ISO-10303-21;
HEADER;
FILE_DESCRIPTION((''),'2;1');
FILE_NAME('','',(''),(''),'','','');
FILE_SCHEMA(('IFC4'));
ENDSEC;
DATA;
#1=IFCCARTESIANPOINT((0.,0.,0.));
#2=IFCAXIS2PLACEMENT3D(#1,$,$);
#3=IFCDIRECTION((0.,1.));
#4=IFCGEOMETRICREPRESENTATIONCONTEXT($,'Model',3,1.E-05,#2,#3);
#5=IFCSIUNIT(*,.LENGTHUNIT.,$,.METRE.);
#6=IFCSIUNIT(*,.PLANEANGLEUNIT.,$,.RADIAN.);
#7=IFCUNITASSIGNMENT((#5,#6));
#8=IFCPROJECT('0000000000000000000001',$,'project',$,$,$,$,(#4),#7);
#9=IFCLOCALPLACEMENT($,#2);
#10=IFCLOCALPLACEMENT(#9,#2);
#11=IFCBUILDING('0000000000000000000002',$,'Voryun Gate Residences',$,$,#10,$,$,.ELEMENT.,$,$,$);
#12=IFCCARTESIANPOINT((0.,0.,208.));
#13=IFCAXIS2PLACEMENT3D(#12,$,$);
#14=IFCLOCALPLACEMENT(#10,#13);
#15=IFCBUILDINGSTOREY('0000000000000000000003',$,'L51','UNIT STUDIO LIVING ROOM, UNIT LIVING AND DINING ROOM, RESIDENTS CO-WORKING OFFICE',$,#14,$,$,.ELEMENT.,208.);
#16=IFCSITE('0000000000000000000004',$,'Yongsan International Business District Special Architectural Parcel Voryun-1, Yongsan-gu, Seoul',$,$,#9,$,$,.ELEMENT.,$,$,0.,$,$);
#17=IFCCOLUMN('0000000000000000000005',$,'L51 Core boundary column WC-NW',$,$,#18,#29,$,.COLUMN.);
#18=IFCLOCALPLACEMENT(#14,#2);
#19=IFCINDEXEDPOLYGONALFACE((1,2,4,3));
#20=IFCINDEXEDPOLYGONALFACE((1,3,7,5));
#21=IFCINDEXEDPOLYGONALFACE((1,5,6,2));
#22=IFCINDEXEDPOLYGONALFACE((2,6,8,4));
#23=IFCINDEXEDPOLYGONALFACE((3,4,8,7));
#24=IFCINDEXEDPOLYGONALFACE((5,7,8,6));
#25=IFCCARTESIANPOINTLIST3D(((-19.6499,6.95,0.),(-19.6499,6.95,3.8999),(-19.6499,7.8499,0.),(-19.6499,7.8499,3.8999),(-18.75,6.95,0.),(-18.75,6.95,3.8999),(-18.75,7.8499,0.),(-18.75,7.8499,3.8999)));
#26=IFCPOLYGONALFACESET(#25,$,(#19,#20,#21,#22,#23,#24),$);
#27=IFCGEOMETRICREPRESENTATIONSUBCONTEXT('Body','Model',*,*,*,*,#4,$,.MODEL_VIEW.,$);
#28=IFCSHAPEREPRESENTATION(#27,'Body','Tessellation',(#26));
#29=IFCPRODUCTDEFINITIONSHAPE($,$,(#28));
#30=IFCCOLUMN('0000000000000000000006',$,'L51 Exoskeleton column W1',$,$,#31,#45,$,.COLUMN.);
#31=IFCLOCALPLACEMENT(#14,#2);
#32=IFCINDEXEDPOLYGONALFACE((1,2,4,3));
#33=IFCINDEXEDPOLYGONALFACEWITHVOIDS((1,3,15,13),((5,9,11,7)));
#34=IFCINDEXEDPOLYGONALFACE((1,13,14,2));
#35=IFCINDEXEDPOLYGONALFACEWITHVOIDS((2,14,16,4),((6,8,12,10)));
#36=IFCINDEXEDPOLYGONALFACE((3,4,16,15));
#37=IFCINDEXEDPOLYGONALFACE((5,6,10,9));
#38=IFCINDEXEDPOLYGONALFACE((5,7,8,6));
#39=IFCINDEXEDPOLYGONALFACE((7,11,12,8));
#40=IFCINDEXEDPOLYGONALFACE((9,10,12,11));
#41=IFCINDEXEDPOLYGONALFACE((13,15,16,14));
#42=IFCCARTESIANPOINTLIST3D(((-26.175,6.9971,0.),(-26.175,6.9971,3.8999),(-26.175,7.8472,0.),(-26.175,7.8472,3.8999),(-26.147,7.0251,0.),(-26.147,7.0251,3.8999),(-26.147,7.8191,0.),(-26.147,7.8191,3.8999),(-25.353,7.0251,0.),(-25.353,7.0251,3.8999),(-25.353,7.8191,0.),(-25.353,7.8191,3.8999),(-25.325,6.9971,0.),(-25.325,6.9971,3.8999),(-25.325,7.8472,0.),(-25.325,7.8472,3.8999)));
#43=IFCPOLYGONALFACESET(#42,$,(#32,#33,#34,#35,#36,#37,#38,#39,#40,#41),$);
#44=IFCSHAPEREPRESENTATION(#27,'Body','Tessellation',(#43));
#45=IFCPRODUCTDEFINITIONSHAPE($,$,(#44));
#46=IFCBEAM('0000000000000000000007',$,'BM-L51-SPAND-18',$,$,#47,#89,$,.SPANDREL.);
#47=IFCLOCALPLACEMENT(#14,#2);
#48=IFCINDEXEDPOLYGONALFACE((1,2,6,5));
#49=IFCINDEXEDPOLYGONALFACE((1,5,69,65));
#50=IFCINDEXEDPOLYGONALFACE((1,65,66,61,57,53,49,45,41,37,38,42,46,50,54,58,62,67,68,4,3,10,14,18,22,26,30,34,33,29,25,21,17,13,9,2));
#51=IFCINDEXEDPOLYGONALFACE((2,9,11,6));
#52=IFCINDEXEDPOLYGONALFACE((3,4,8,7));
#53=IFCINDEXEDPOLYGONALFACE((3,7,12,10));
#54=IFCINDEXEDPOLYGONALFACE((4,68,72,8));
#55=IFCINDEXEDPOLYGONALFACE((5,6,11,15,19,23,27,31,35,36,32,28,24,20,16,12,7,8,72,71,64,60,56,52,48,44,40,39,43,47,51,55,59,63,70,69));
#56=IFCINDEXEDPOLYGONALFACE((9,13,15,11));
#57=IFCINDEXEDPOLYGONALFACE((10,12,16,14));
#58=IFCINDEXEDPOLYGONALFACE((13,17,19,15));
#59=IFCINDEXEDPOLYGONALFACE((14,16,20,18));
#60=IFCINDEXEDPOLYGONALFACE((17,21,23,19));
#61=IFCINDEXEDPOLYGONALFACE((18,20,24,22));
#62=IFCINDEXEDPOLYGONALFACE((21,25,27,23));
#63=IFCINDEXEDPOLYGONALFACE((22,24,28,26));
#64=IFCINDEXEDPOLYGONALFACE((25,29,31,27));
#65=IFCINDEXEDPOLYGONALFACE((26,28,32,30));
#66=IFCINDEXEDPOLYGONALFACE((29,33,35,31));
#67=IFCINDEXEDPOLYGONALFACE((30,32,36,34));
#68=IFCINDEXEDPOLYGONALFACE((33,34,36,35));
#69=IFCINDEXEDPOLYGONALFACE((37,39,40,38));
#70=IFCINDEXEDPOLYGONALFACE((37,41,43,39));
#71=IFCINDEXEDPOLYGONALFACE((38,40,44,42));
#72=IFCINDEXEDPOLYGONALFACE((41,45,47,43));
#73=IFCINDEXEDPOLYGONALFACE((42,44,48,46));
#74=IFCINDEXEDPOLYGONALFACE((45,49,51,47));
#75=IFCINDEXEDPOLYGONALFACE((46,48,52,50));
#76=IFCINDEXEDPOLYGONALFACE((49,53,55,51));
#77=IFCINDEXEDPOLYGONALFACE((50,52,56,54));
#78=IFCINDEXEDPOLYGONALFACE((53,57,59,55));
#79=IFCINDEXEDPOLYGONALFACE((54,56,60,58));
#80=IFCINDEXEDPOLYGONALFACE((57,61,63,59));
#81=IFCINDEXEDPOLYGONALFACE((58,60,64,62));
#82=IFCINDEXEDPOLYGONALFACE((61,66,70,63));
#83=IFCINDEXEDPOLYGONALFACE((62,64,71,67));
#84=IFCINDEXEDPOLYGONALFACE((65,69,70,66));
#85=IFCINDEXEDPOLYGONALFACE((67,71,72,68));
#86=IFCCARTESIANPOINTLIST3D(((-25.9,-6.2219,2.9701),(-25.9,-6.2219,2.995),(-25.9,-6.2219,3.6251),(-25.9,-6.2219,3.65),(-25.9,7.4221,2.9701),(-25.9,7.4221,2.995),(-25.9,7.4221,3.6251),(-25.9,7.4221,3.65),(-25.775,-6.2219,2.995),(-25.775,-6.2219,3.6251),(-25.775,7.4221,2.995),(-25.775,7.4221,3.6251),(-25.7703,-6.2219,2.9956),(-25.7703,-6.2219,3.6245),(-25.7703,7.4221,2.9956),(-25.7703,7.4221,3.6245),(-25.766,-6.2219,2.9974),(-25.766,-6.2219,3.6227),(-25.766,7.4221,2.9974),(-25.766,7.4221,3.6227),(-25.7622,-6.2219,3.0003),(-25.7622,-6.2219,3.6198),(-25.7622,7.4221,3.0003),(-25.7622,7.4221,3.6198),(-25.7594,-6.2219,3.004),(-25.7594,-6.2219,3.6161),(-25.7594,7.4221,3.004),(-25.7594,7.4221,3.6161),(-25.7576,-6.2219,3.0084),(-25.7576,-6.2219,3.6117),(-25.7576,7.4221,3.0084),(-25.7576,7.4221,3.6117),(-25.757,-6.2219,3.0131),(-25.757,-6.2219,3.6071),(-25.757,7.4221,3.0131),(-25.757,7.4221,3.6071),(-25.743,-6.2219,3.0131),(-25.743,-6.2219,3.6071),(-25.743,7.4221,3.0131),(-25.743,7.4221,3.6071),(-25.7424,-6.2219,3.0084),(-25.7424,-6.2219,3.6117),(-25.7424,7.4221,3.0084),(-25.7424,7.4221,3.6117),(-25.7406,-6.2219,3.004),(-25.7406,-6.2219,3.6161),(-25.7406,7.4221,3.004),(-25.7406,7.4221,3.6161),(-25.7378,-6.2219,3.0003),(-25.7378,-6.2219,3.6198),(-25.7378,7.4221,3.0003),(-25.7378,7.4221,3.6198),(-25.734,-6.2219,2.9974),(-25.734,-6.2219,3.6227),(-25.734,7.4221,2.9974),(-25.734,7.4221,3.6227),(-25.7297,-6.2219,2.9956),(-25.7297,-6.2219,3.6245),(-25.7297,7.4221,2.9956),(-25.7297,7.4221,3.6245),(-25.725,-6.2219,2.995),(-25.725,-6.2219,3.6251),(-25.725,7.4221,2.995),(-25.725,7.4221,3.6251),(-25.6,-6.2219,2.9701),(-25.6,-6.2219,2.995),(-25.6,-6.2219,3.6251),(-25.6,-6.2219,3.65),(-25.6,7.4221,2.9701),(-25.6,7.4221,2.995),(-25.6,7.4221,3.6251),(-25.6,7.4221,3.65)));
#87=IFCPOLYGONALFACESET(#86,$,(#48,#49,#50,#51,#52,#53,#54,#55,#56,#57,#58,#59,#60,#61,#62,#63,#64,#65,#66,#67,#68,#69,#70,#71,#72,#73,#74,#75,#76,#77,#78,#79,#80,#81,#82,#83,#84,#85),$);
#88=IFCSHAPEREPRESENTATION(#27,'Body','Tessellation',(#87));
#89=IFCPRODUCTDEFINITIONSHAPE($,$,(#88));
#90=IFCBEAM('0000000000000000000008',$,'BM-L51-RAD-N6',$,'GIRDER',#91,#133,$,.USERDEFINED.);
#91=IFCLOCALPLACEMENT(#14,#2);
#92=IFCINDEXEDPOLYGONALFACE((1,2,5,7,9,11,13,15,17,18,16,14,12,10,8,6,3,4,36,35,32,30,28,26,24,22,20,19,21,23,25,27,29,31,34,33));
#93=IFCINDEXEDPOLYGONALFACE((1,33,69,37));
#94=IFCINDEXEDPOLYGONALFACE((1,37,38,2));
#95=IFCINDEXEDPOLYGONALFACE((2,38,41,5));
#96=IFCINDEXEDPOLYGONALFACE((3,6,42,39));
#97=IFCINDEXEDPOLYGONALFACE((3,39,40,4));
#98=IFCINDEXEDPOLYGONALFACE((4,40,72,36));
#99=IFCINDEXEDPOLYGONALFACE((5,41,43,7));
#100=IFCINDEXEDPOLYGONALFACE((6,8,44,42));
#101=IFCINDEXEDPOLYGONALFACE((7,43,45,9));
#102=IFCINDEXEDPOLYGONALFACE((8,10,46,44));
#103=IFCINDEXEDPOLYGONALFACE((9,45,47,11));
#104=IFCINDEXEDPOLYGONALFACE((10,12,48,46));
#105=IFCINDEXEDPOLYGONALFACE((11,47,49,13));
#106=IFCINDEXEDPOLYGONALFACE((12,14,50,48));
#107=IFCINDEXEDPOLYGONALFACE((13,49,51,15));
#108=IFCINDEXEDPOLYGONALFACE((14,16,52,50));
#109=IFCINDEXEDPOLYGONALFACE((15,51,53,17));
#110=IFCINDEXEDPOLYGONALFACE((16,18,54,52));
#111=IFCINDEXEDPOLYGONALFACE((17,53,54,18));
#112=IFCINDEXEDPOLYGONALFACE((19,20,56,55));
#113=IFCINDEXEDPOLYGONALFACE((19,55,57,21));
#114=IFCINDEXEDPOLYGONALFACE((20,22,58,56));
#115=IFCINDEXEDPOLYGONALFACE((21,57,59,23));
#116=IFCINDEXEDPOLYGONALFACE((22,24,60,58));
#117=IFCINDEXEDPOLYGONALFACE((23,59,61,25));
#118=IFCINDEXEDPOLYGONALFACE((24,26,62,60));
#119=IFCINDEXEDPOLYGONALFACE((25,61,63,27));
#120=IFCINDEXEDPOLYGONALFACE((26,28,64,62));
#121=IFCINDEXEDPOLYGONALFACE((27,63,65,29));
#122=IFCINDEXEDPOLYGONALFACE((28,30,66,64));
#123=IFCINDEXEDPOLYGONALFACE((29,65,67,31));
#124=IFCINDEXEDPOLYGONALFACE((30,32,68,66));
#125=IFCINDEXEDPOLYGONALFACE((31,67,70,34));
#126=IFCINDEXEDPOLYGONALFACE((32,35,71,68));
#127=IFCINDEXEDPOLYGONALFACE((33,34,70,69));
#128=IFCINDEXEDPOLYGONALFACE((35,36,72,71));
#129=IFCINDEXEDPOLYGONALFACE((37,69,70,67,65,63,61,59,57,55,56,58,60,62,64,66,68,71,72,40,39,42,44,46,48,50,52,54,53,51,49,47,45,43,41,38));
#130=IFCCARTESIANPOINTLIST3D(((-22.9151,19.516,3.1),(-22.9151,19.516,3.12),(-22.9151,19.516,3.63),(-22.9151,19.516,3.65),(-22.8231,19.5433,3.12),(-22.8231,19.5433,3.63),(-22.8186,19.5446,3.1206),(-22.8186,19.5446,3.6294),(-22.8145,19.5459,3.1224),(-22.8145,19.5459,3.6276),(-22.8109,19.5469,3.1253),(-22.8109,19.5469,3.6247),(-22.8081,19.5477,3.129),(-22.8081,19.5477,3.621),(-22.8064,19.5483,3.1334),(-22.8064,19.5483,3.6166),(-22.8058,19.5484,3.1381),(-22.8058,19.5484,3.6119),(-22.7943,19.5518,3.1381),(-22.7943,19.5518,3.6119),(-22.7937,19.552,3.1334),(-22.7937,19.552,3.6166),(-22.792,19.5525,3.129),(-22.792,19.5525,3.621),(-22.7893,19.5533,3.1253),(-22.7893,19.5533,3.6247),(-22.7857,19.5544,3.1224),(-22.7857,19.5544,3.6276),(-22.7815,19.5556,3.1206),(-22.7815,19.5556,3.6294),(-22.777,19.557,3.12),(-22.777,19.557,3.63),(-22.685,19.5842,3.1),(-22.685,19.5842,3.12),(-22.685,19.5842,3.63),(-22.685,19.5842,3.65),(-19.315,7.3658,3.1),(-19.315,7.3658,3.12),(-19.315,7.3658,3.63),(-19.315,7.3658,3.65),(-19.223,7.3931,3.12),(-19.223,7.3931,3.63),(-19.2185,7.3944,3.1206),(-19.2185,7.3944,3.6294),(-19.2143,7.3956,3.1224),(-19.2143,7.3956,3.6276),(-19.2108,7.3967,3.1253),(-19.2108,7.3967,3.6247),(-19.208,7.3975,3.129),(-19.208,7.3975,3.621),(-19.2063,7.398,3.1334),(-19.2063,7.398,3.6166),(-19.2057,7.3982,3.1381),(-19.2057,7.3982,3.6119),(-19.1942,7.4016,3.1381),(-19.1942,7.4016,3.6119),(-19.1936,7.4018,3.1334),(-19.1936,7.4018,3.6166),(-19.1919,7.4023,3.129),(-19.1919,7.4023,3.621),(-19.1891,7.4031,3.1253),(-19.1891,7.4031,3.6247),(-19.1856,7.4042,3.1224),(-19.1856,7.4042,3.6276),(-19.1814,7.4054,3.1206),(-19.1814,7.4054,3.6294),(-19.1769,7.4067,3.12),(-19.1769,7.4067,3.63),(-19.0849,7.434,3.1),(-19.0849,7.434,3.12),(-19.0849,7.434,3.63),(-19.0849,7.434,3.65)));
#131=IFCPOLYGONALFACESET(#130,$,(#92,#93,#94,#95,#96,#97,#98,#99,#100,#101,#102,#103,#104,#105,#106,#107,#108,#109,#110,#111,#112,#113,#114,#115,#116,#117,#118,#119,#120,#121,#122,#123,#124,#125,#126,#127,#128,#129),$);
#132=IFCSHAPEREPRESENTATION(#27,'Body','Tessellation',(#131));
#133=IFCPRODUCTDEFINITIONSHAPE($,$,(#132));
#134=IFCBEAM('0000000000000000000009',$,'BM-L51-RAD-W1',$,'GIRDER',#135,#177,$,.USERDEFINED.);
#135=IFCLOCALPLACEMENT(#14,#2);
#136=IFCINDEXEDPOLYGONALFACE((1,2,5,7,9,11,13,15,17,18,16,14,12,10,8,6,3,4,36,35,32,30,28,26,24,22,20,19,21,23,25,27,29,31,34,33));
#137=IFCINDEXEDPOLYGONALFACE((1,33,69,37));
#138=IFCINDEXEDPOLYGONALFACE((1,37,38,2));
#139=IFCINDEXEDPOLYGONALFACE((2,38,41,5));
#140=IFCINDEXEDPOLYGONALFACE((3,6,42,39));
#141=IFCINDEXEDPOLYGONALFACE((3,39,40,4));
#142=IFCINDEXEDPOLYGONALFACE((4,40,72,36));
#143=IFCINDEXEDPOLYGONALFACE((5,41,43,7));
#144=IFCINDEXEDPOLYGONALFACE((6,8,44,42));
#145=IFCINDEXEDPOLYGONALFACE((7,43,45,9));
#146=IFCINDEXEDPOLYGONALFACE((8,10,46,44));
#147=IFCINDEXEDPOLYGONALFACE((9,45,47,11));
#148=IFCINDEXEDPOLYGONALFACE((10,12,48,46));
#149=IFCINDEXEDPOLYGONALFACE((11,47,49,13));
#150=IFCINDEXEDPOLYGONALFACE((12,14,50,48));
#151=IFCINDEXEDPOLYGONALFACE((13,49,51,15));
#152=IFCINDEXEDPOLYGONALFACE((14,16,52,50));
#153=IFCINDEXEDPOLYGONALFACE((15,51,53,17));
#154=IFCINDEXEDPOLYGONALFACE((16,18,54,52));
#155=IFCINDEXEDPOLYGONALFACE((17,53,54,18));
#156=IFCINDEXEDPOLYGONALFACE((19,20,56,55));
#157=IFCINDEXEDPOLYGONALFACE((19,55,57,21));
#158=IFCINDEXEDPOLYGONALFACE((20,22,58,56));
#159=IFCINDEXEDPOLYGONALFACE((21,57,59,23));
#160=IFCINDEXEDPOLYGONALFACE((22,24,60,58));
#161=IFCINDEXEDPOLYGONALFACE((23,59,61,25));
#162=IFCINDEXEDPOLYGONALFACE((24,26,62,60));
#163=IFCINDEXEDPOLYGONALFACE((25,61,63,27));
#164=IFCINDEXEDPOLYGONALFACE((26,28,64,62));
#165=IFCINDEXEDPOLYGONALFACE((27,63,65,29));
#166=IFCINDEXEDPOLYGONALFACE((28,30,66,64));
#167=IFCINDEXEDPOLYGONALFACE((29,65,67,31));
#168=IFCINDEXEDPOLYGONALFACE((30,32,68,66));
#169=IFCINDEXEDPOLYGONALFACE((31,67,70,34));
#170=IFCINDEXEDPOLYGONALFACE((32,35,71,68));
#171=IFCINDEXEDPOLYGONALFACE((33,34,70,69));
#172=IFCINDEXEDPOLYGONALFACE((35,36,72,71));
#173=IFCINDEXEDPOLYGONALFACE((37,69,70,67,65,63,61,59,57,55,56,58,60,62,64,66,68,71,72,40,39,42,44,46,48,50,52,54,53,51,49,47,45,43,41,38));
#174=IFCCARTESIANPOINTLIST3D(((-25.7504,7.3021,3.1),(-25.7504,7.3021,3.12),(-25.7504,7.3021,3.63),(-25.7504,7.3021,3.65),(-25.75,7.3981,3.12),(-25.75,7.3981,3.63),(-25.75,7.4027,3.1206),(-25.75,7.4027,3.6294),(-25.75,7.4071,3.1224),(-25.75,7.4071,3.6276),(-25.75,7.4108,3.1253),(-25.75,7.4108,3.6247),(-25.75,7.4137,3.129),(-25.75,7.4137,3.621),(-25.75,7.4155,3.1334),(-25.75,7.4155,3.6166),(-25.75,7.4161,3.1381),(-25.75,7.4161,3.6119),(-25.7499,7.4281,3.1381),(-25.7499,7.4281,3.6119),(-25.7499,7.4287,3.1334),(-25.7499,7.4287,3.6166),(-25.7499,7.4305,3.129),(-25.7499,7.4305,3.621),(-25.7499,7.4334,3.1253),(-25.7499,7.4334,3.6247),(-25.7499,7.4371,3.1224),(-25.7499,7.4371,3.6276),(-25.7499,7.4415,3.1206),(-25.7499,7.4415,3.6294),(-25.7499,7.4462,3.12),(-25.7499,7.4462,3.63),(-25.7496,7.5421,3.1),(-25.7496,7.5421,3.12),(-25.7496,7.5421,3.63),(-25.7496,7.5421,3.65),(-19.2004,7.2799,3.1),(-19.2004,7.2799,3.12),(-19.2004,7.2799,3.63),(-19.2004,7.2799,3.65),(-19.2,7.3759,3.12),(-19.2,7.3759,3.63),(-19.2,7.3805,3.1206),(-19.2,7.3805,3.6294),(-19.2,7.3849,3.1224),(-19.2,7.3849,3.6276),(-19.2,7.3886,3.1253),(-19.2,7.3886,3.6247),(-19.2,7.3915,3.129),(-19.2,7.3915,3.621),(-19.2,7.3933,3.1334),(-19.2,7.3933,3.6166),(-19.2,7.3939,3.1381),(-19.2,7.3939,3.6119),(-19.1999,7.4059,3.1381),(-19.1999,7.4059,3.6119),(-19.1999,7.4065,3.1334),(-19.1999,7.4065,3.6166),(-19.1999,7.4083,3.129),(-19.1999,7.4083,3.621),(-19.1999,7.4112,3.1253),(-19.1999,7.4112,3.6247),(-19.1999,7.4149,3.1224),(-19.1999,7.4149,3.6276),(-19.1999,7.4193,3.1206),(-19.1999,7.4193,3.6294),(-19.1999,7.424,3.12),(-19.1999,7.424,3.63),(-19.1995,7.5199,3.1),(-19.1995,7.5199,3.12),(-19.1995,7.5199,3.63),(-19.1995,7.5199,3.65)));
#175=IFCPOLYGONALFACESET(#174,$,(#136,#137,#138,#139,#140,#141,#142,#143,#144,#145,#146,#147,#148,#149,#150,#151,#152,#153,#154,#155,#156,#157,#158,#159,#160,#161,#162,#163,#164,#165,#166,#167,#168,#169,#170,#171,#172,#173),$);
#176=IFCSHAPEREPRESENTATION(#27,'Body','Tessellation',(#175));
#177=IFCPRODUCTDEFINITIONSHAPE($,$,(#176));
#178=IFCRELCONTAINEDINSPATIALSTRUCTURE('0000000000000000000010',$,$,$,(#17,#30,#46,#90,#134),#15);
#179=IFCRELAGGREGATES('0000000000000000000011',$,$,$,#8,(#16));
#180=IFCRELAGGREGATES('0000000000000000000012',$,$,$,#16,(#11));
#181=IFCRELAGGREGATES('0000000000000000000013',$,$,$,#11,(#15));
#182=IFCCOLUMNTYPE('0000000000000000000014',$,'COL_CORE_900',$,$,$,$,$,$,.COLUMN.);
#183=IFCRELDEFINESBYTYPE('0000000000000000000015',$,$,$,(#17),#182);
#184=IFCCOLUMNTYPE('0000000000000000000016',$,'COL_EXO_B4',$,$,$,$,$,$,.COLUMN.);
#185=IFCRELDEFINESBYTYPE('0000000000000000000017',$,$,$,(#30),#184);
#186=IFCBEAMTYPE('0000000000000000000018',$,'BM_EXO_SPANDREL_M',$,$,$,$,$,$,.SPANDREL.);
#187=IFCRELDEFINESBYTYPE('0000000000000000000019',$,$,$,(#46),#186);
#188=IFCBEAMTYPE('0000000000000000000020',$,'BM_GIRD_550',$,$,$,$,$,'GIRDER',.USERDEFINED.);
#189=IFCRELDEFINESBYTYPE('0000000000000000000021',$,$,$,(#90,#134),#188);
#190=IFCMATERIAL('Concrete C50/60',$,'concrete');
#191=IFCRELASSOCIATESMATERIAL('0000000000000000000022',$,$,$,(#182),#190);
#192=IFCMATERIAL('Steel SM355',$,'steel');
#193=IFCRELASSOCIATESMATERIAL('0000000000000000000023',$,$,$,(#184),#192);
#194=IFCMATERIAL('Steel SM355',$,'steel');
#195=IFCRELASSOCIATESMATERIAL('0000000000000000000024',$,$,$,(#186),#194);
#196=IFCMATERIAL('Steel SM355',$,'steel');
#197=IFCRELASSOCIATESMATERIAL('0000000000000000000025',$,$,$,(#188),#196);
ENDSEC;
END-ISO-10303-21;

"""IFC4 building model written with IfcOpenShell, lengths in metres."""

from ifc_helpers import new_model, si_unit, direction, frame, origin, origin_2d, place, context, subcontext, project, spatial, rectangle, hollow_rectangle, i_section, extrude, material, material_profile, profile_set, type_object, element, save


model = new_model("IFC4")

# Units and contexts
model_context = context("Model", 3, precision=1e-05, world=origin(), true_north=direction((0.0, 1.0)))
body_context = subcontext(model_context, "Body", "Model", "MODEL_VIEW")
ifc_project = project(units=[si_unit("LENGTHUNIT", "METRE"), si_unit("PLANEANGLEUNIT", "RADIAN")], contexts=[model_context])

# Site, building, storey
site_placement = place(None, origin())
site = spatial("IfcSite", under=ifc_project, at=site_placement, Name="Yongsan International Business District Special Architectural Parcel Voryun-1, Yongsan-gu, Seoul", CompositionType="ELEMENT", RefElevation=0.0)
building_placement = place(site_placement, origin())
building = spatial("IfcBuilding", under=site, at=building_placement, Name="Voryun Gate Residences", CompositionType="ELEMENT")
storey_placement = place(building_placement, frame((0.0, 0.0, 208.0)))
storey = spatial("IfcBuildingStorey", under=building, at=storey_placement, Name="L51", Description="UNIT STUDIO LIVING ROOM, UNIT LIVING AND DINING ROOM, RESIDENTS CO-WORKING OFFICE", CompositionType="ELEMENT", Elevation=208.0)

# Columns
ifc_material_1 = material(Name="Concrete C50/60", Category="concrete")
ifc_material_profile_1 = material_profile(ifc_material_1, rectangle(XDim=0.8999, YDim=0.8999, at=origin_2d()), Name="RC-900x900")
ifc_profile_set_1 = profile_set([ifc_material_profile_1], Name="Concrete C50/60")
column_type_1 = type_object("IfcColumnType", Name="COL_CORE_900", PredefinedType="COLUMN", material=ifc_profile_set_1)
column_1_placement = place(storey_placement, frame((-19.2, 7.3999, 0.0), z_axis=(0.0, 0.0, 1.0), x_axis=(1.0, 0.0, 0.0)))
element("IfcColumn", 1, at=column_1_placement, inside=storey, type_object=column_type_1, Name="L51 Core boundary column WC-NW", PredefinedType="COLUMN", context=body_context, shape_type="SweptSolid", body=[
    extrude(rectangle(XDim=0.8999, YDim=0.8999, at=origin_2d()), origin(), (0.0, 0.0, 1.0), 3.8999),
])
ifc_material_2 = material(Name="Steel SM355", Category="steel")
ifc_material_profile_2 = material_profile(ifc_material_2, hollow_rectangle(XDim=0.8501, YDim=0.8501, WallThickness=0.0281, at=origin_2d()), Name="BOX-850x850x28")
ifc_profile_set_2 = profile_set([ifc_material_profile_2], Name="Steel SM355")
column_type_2 = type_object("IfcColumnType", Name="COL_EXO_B4", PredefinedType="COLUMN", material=ifc_profile_set_2)
column_2_placement = place(storey_placement, frame((-25.75, 7.4221, 0.0), z_axis=(0.0, 0.0, 1.0), x_axis=(1.0, 0.0, 0.0)))
element("IfcColumn", 2, at=column_2_placement, inside=storey, type_object=column_type_2, Name="L51 Exoskeleton column W1", PredefinedType="COLUMN", context=body_context, shape_type="SweptSolid", body=[
    extrude(hollow_rectangle(XDim=0.8501, YDim=0.8501, WallThickness=0.0281, at=origin_2d()), origin(), (0.0, 0.0, 1.0), 3.8999),
])

# Beams
ifc_material_3 = material(Name="Steel SM355", Category="steel")
ifc_material_profile_3 = material_profile(ifc_material_3, i_section(OverallWidth=0.3, OverallDepth=0.6799, WebThickness=0.0139, FlangeThickness=0.0249, FilletRadius=0.0181, at=origin_2d()), Name="H-680x300x14x25")
ifc_profile_set_3 = profile_set([ifc_material_profile_3], Name="Steel SM355")
beam_type_1 = type_object("IfcBeamType", Name="BM_EXO_SPANDREL_M", PredefinedType="SPANDREL", material=ifc_profile_set_3)
beam_1_placement = place(storey_placement, frame((-25.75, 7.4221, 3.3101), z_axis=(0.0, -1.0, 0.0), x_axis=(1.0, 0.0, 0.0)))
element("IfcBeam", 3, at=beam_1_placement, inside=storey, type_object=beam_type_1, Name="BM-L51-SPAND-18", PredefinedType="SPANDREL", context=body_context, shape_type="SweptSolid", body=[
    extrude(i_section(OverallWidth=0.3, OverallDepth=0.6799, WebThickness=0.0139, FlangeThickness=0.0249, FilletRadius=0.0181, at=origin_2d()), origin(), (0.0, 0.0, 1.0), 13.644),
])
ifc_material_4 = material(Name="Steel SM355", Category="steel")
ifc_material_profile_4 = material_profile(ifc_material_4, i_section(OverallWidth=0.24, OverallDepth=0.55, WebThickness=0.012, FlangeThickness=0.02, FilletRadius=0.0181, at=origin_2d()), Name="H-550x240x12x20")
ifc_profile_set_4 = profile_set([ifc_material_profile_4], Name="Steel SM355")
beam_type_2 = type_object("IfcBeamType", Name="BM_GIRD_550", ElementType="GIRDER", PredefinedType="USERDEFINED", material=ifc_profile_set_4)
beam_2_placement = place(storey_placement, frame((-19.2, 7.3999, 3.375), z_axis=(-0.284092, 0.958797, 0.0), x_axis=(-0.958797, -0.284092, 0.0)))
element("IfcBeam", 4, at=beam_2_placement, inside=storey, type_object=beam_type_2, Name="BM-L51-RAD-N6", ObjectType="GIRDER", PredefinedType="USERDEFINED", context=body_context, shape_type="SweptSolid", body=[
    extrude(i_section(OverallWidth=0.24, OverallDepth=0.55, WebThickness=0.012, FlangeThickness=0.02, FilletRadius=0.0181, at=origin_2d()), origin(), (0.0, 0.0, 1.0), 12.6724),
])
beam_3_placement = place(storey_placement, frame((-19.2, 7.3999, 3.375), z_axis=(-0.999994, 0.003392, 0.0), x_axis=(-0.003392, -0.999994, 0.0)))
element("IfcBeam", 5, at=beam_3_placement, inside=storey, type_object=beam_type_2, Name="BM-L51-RAD-W1", ObjectType="GIRDER", PredefinedType="USERDEFINED", context=body_context, shape_type="SweptSolid", body=[
    extrude(i_section(OverallWidth=0.24, OverallDepth=0.55, WebThickness=0.012, FlangeThickness=0.02, FilletRadius=0.0181, at=origin_2d()), origin(), (0.0, 0.0, 1.0), 6.55),
])

save(model, "model.ifc")
